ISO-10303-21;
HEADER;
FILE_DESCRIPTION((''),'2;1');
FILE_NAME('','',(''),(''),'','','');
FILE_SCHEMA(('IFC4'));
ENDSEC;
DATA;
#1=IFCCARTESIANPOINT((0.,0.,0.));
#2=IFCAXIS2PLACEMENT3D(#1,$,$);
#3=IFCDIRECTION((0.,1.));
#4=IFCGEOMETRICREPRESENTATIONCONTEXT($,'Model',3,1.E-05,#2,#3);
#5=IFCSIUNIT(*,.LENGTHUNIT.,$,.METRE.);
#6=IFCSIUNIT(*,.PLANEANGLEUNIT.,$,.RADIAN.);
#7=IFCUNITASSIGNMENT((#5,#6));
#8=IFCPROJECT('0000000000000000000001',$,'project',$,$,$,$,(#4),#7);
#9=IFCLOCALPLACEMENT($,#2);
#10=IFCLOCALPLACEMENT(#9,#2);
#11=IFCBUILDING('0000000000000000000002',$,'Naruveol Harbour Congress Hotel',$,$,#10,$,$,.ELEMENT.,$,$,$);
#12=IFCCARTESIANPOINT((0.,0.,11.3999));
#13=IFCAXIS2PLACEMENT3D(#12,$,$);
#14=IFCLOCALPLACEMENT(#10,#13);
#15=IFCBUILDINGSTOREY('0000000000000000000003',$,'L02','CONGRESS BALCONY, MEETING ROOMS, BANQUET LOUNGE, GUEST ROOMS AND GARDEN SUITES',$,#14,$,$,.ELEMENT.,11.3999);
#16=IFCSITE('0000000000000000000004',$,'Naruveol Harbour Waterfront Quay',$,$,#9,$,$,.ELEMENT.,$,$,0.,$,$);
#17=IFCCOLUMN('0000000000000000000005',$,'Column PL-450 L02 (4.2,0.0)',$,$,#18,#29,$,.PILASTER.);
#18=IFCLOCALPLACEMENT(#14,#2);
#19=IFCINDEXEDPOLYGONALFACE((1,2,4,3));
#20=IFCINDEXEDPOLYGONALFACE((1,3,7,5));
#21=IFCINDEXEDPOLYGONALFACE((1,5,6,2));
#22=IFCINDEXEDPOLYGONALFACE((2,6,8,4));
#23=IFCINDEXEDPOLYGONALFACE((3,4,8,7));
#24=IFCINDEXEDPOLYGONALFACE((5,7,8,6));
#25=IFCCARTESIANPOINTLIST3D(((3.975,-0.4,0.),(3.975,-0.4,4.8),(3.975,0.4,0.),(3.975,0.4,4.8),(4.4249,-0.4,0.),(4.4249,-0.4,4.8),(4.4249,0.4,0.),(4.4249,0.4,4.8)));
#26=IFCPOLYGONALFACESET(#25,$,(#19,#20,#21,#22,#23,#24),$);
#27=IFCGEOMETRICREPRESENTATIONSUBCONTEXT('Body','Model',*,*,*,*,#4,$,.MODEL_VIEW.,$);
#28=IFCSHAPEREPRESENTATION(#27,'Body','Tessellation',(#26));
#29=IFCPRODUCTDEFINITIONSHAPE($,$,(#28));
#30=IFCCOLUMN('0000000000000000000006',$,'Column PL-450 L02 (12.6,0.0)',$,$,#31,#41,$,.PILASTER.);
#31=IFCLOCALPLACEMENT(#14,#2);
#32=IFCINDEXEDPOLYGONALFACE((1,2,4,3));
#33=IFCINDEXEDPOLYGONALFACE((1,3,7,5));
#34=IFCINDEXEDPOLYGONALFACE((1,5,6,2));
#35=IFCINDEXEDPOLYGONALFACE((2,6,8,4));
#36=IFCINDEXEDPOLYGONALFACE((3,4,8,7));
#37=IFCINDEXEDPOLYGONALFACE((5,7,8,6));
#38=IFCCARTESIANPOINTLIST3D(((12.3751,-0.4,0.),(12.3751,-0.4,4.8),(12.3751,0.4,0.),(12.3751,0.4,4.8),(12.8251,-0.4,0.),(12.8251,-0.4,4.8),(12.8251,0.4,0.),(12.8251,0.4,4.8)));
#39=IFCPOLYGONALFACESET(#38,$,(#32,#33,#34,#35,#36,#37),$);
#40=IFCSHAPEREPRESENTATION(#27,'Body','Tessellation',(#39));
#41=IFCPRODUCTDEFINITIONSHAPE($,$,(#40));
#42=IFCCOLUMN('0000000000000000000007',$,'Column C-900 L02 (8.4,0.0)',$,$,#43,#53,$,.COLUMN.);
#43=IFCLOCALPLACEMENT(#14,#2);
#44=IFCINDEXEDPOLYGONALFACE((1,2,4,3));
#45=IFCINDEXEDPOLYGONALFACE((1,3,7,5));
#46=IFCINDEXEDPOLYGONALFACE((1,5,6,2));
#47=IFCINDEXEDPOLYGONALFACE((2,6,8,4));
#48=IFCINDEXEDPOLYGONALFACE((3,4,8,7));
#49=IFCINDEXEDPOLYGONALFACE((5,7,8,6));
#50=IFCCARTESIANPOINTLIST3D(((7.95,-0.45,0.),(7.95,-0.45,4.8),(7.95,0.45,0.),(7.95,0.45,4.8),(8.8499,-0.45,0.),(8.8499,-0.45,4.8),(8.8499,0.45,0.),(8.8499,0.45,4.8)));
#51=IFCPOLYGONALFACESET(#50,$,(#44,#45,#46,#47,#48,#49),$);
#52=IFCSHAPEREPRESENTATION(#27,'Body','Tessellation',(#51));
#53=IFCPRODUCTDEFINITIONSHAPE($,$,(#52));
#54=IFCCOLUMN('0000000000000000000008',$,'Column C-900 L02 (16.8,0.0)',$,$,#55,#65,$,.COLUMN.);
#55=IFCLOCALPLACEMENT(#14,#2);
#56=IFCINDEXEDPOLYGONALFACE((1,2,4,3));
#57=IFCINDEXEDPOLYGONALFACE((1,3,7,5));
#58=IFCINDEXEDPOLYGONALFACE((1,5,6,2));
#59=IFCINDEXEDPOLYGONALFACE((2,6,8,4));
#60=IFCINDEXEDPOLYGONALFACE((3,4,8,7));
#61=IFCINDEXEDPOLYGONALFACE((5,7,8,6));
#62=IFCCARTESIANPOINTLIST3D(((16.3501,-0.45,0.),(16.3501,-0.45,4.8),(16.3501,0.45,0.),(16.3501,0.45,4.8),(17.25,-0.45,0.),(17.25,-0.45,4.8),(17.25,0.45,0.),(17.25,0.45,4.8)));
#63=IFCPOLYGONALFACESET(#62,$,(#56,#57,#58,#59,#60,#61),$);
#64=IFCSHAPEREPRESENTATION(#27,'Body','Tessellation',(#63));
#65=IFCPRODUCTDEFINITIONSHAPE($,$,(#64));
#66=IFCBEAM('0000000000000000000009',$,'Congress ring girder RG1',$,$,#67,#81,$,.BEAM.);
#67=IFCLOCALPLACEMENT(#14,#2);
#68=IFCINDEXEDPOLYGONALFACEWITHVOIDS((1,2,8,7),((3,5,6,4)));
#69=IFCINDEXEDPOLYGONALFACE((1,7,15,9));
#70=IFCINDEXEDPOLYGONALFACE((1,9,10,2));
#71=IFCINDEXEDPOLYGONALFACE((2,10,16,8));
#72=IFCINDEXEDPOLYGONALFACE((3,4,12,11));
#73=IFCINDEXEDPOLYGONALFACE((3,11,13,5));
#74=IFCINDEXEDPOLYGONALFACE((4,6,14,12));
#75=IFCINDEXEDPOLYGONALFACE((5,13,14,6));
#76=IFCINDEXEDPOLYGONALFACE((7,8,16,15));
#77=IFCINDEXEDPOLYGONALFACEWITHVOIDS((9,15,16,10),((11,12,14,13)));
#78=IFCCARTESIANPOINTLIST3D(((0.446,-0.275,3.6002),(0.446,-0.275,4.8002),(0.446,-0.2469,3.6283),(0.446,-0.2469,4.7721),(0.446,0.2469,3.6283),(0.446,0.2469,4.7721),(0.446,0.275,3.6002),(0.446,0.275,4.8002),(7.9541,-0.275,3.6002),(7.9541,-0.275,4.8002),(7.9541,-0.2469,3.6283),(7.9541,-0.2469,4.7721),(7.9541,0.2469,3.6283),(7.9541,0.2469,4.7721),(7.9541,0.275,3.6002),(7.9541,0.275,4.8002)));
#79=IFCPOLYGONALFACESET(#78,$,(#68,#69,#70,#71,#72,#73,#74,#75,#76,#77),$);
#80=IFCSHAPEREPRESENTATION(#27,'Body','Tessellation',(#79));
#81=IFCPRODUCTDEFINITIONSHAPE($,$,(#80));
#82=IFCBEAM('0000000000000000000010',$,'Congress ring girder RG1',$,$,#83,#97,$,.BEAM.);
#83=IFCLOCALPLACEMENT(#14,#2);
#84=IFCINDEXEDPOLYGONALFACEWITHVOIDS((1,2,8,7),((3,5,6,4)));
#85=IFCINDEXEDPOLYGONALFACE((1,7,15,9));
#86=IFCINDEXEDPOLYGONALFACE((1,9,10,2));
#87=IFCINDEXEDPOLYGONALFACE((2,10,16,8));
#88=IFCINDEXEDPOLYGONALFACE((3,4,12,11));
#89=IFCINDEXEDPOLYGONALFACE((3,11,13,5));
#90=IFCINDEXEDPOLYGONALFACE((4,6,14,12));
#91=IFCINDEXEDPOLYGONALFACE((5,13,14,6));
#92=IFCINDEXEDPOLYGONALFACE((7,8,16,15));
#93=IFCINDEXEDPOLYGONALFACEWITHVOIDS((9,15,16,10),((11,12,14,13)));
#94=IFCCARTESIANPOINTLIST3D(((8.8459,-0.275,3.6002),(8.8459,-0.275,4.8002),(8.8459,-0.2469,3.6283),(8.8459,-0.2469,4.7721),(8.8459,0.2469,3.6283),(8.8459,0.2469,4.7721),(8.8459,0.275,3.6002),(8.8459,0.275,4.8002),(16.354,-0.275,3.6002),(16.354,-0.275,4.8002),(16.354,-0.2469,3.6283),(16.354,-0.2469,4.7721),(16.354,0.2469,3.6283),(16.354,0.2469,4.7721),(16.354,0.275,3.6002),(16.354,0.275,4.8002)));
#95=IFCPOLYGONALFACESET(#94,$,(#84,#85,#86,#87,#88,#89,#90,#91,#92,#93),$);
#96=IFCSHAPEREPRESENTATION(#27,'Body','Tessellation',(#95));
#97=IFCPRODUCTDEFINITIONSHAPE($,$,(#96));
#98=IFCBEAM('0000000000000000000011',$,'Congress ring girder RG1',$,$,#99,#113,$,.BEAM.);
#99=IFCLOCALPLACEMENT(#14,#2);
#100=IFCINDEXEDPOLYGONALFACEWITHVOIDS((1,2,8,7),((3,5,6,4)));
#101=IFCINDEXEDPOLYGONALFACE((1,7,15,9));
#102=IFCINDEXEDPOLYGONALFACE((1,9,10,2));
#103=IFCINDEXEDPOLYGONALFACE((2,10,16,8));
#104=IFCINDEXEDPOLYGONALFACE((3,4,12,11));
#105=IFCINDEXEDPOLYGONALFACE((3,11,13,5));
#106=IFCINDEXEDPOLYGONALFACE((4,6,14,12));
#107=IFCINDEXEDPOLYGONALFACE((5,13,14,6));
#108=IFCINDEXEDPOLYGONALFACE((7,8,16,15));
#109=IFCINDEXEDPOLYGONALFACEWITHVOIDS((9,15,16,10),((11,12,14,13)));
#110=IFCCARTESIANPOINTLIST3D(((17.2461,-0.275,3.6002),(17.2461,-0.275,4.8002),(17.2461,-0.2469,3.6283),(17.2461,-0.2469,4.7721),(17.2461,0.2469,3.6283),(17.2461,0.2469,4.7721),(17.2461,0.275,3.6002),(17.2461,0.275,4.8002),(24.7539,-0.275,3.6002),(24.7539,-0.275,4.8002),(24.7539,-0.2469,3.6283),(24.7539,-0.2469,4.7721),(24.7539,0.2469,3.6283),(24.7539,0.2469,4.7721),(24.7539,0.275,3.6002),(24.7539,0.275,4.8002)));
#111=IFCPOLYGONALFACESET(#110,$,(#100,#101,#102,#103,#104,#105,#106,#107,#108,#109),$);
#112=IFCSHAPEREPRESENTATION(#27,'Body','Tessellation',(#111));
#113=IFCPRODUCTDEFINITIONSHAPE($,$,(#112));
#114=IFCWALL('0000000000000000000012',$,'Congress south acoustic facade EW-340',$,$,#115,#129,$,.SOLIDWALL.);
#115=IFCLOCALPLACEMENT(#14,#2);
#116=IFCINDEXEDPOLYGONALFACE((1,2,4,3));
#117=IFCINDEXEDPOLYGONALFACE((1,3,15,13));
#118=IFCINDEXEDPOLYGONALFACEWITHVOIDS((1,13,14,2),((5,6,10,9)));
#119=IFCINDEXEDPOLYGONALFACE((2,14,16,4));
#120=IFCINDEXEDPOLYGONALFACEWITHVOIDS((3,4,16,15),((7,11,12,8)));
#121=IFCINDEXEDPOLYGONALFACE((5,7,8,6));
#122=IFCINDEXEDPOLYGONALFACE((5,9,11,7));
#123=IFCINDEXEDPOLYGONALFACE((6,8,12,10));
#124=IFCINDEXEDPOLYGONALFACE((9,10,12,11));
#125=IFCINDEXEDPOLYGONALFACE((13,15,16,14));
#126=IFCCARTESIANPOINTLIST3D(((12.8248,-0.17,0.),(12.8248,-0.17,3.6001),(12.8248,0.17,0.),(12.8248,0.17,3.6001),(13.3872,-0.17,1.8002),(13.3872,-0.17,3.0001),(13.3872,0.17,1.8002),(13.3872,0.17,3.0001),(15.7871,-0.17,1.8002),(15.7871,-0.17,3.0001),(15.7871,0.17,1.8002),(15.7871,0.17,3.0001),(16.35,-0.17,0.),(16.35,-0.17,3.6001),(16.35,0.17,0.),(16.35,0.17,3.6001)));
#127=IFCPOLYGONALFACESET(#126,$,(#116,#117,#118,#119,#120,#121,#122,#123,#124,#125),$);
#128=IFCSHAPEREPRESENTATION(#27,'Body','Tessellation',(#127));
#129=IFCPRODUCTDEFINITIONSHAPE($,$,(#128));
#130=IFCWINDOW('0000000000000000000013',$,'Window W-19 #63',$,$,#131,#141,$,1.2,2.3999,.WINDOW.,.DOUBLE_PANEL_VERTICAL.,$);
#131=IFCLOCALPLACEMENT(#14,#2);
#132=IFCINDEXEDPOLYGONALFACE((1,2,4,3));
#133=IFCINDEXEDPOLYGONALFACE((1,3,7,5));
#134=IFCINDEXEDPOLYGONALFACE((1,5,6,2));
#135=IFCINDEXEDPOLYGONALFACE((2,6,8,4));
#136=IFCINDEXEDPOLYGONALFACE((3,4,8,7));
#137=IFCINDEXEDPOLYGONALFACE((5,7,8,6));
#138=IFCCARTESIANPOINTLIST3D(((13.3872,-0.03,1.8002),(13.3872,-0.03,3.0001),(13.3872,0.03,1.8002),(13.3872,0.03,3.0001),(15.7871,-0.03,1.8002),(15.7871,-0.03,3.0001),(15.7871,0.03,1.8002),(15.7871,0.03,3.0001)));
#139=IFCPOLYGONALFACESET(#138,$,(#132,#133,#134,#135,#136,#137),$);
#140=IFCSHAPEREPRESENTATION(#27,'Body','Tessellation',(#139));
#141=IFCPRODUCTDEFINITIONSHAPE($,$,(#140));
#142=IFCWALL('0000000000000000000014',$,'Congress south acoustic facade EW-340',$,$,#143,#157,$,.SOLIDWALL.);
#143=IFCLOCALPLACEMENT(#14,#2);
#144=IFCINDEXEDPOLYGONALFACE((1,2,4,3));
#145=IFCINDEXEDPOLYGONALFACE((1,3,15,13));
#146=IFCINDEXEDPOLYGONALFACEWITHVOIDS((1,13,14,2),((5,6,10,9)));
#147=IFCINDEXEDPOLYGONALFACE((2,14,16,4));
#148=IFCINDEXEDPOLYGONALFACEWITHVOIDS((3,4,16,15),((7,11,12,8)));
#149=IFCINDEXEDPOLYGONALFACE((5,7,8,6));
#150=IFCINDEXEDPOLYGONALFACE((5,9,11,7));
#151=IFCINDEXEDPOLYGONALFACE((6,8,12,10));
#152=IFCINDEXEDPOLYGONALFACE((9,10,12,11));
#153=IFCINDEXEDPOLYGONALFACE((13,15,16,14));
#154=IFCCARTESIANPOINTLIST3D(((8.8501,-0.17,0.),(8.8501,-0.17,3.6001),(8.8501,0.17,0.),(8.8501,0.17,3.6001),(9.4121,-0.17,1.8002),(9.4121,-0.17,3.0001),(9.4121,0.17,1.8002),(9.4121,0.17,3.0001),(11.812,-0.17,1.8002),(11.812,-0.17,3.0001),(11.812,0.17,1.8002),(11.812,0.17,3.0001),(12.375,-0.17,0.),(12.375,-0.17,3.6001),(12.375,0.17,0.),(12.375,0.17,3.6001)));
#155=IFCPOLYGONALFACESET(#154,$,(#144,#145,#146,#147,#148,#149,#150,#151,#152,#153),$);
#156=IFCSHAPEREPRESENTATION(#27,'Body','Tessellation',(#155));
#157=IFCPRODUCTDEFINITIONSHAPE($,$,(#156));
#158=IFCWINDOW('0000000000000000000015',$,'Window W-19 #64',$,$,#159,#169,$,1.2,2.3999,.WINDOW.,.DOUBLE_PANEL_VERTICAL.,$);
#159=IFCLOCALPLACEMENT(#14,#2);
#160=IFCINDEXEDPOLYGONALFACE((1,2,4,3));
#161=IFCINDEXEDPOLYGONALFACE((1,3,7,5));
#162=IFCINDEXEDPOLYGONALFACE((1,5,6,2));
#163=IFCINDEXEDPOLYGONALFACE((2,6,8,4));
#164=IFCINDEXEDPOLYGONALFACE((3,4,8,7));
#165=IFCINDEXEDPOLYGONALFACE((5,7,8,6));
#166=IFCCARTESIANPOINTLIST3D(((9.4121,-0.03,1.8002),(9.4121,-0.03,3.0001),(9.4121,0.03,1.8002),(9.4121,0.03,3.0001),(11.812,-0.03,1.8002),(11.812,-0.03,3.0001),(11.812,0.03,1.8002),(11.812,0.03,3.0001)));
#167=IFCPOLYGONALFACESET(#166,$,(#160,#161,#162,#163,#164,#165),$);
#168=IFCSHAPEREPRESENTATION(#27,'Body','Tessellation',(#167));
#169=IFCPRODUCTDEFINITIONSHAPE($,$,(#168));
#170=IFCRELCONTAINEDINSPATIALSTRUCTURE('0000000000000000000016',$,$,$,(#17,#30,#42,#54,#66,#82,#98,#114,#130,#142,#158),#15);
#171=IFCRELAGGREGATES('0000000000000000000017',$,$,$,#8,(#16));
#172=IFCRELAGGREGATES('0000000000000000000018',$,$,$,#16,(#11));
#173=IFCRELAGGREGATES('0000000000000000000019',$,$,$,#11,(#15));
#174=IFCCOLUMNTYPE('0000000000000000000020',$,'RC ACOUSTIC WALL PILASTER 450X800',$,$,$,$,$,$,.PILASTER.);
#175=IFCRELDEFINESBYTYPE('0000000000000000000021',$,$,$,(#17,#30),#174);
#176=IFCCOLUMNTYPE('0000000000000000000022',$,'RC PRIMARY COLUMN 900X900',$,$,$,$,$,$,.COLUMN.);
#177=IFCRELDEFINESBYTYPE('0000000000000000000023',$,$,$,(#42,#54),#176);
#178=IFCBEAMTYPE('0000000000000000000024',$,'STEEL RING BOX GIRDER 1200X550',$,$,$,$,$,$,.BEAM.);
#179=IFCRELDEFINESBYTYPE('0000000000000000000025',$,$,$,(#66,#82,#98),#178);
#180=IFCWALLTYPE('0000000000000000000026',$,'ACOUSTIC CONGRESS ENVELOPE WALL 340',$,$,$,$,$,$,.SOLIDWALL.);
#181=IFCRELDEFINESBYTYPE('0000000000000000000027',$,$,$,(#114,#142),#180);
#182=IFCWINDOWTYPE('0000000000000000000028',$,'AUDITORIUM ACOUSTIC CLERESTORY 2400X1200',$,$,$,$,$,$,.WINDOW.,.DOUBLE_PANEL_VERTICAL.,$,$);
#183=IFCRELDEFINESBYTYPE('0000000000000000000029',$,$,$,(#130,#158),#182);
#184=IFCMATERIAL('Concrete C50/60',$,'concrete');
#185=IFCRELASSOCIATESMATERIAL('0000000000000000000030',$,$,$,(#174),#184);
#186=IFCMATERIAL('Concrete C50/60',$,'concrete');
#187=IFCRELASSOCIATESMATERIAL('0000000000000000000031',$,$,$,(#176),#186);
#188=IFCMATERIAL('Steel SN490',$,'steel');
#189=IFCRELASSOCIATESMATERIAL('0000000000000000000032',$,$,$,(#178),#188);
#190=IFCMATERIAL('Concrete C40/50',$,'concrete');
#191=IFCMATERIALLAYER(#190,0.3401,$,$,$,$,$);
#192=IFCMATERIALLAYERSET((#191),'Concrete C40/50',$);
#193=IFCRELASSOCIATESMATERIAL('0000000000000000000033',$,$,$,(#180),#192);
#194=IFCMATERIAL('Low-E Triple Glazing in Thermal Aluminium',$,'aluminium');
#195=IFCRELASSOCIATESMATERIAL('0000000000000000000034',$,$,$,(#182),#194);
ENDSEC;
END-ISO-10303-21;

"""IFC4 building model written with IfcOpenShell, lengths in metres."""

from ifc_helpers import new_model, si_unit, direction, frame, frame_2d, origin, origin_2d, place, context, subcontext, project, spatial, rectangle, hollow_rectangle, extrude, material, layer, layer_set, material_profile, profile_set, type_object, element, fill, save


model = new_model("IFC4")

# Units and contexts
model_context = context("Model", 3, precision=1e-05, world=origin(), true_north=direction((0.0, 1.0)))
body_context = subcontext(model_context, "Body", "Model", "MODEL_VIEW")
ifc_project = project(units=[si_unit("LENGTHUNIT", "METRE"), si_unit("PLANEANGLEUNIT", "RADIAN")], contexts=[model_context])

# Site, building, storey
site_placement = place(None, origin())
site = spatial("IfcSite", under=ifc_project, at=site_placement, Name="Naruveol Harbour Waterfront Quay", CompositionType="ELEMENT", RefElevation=0.0)
building_placement = place(site_placement, origin())
building = spatial("IfcBuilding", under=site, at=building_placement, Name="Naruveol Harbour Congress Hotel", CompositionType="ELEMENT")
storey_placement = place(building_placement, frame((0.0, 0.0, 11.3999)))
storey = spatial("IfcBuildingStorey", under=building, at=storey_placement, Name="L02", Description="CONGRESS BALCONY, MEETING ROOMS, BANQUET LOUNGE, GUEST ROOMS AND GARDEN SUITES", CompositionType="ELEMENT", Elevation=11.3999)

# Columns
ifc_material_1 = material(Name="Concrete C50/60", Category="concrete")
ifc_material_profile_1 = material_profile(ifc_material_1, rectangle(XDim=0.45, YDim=0.8, at=origin_2d()), Name="RC-450x800")
ifc_profile_set_1 = profile_set([ifc_material_profile_1], Name="Concrete C50/60")
column_type_1 = type_object("IfcColumnType", Name="RC ACOUSTIC WALL PILASTER 450X800", PredefinedType="PILASTER", material=ifc_profile_set_1)
for number, where, z_axis, x_axis, name in (
    (1, (4.2, 0.0, 0.0), (0.0, 0.0, 1.0), (1.0, 0.0, 0.0), "Column PL-450 L02 (4.2,0.0)"),
    (2, (12.6001, 0.0, 0.0), (0.0, 0.0, 1.0), (1.0, 0.0, 0.0), "Column PL-450 L02 (12.6,0.0)"),
):
    element("IfcColumn", number, at=place(storey_placement, frame(where, z_axis=z_axis, x_axis=x_axis)), inside=storey, type_object=column_type_1, Name=name, PredefinedType="PILASTER", context=body_context, shape_type="SweptSolid", body=[
        extrude(rectangle(XDim=0.45, YDim=0.8, at=origin_2d()), origin(), (0.0, 0.0, 1.0), 4.8),
    ])
ifc_material_2 = material(Name="Concrete C50/60", Category="concrete")
ifc_material_profile_2 = material_profile(ifc_material_2, rectangle(XDim=0.8999, YDim=0.8999, at=origin_2d()), Name="RC-900x900")
ifc_profile_set_2 = profile_set([ifc_material_profile_2], Name="Concrete C50/60")
column_type_2 = type_object("IfcColumnType", Name="RC PRIMARY COLUMN 900X900", PredefinedType="COLUMN", material=ifc_profile_set_2)
for number, where, z_axis, x_axis, name in (
    (3, (8.3999, 0.0, 0.0), (0.0, 0.0, 1.0), (1.0, 0.0, 0.0), "Column C-900 L02 (8.4,0.0)"),
    (4, (16.8, 0.0, 0.0), (0.0, 0.0, 1.0), (1.0, 0.0, 0.0), "Column C-900 L02 (16.8,0.0)"),
):
    element("IfcColumn", number, at=place(storey_placement, frame(where, z_axis=z_axis, x_axis=x_axis)), inside=storey, type_object=column_type_2, Name=name, PredefinedType="COLUMN", context=body_context, shape_type="SweptSolid", body=[
        extrude(rectangle(XDim=0.8999, YDim=0.8999, at=origin_2d()), origin(), (0.0, 0.0, 1.0), 4.8),
    ])

# Beams
ifc_material_3 = material(Name="Steel SN490", Category="steel")
ifc_material_profile_3 = material_profile(ifc_material_3, hollow_rectangle(XDim=0.55, YDim=1.2, WallThickness=0.0281, at=origin_2d()), Name="RHS-1200x550x28")
ifc_profile_set_3 = profile_set([ifc_material_profile_3], Name="Steel SN490")
beam_type = type_object("IfcBeamType", Name="STEEL RING BOX GIRDER 1200X550", PredefinedType="BEAM", material=ifc_profile_set_3)
for number, where, z_axis, x_axis, name in (
    (5, (0.446, 0.0, 4.2002), (1.0, 0.0, 0.0), (0.0, 1.0, 0.0), "Congress ring girder RG1"),
    (6, (8.8459, 0.0, 4.2002), (1.0, 0.0, 0.0), (0.0, 1.0, 0.0), "Congress ring girder RG1"),
):
    element("IfcBeam", number, at=place(storey_placement, frame(where, z_axis=z_axis, x_axis=x_axis)), inside=storey, type_object=beam_type, Name=name, PredefinedType="BEAM", context=body_context, shape_type="SweptSolid", body=[
        extrude(hollow_rectangle(XDim=0.55, YDim=1.2, WallThickness=0.0281, at=origin_2d()), origin(), (0.0, 0.0, 1.0), 7.5081),
    ])
beam_placement = place(storey_placement, frame((17.2461, 0.0, 4.2002), z_axis=(1.0, 0.0, 0.0), x_axis=(0.0, 1.0, 0.0)))
element("IfcBeam", 7, at=beam_placement, inside=storey, type_object=beam_type, Name="Congress ring girder RG1", PredefinedType="BEAM", context=body_context, shape_type="SweptSolid", body=[
    extrude(hollow_rectangle(XDim=0.55, YDim=1.2, WallThickness=0.0281, at=origin_2d()), origin(), (0.0, 0.0, 1.0), 7.5078),
])

# Walls, openings, windows
ifc_material_4 = material(Name="Concrete C40/50", Category="concrete")
ifc_layer_1 = layer(ifc_material_4, 0.3401)
ifc_layer_set_1 = layer_set([ifc_layer_1], Name="Concrete C40/50")
wall_type = type_object("IfcWallType", Name="ACOUSTIC CONGRESS ENVELOPE WALL 340", PredefinedType="SOLIDWALL", material=ifc_layer_set_1)
wall_1_placement = place(storey_placement, frame((16.3501, 0.0, 0.0), z_axis=(0.0, 0.0, 1.0), x_axis=(-1.0, 0.0, 0.0)))
wall_1 = element("IfcWall", 8, at=wall_1_placement, inside=storey, type_object=wall_type, Name="Congress south acoustic facade EW-340", PredefinedType="SOLIDWALL", context=body_context, shape_type="SweptSolid", body=[
    extrude(rectangle(XDim=3.5251, YDim=0.3401, at=frame_2d((1.7627, 0.0))), origin(), (0.0, 0.0, 1.0), 3.6001),
])
opening_1_placement = place(wall_1_placement, frame((0.563, 0.0, 1.8)))
opening_1 = element("IfcOpeningElement", 9, at=opening_1_placement, cuts=wall_1, PredefinedType="OPENING", context=body_context, shape_type="SweptSolid", body=[
    extrude(rectangle(XDim=2.3999, YDim=1.2, at=frame_2d((1.2, 0.6001))), frame((0.0, 0.1799, 0.0), z_axis=(0.0, -1.0, 0.0), x_axis=(1.0, 0.0, 0.0)), (0.0, 0.0, 1.0), 0.3601),
])
ifc_material_5 = material(Name="Low-E Triple Glazing in Thermal Aluminium", Category="aluminium")
window_type = type_object("IfcWindowType", Name="AUDITORIUM ACOUSTIC CLERESTORY 2400X1200", PartitioningType="DOUBLE_PANEL_VERTICAL", PredefinedType="WINDOW", material=ifc_material_5)
window_1_placement = place(opening_1_placement, origin())
window_1 = element("IfcWindow", 10, at=window_1_placement, inside=storey, type_object=window_type, Name="Window W-19 #63", OverallHeight=1.2, OverallWidth=2.3999, PartitioningType="DOUBLE_PANEL_VERTICAL", PredefinedType="WINDOW", context=body_context, shape_type="SweptSolid", body=[
    extrude(rectangle(XDim=2.3999, YDim=1.2, at=frame_2d((1.2, 0.6001))), frame((0.0, 0.03, 0.0), z_axis=(0.0, -1.0, 0.0), x_axis=(1.0, 0.0, 0.0)), (0.0, 0.0, 1.0), 0.0601),
])
fill(opening_1, window_1)
wall_2_placement = place(storey_placement, frame((12.375, 0.0, 0.0), z_axis=(0.0, 0.0, 1.0), x_axis=(-1.0, 0.0, 0.0)))
wall_2 = element("IfcWall", 11, at=wall_2_placement, inside=storey, type_object=wall_type, Name="Congress south acoustic facade EW-340", PredefinedType="SOLIDWALL", context=body_context, shape_type="SweptSolid", body=[
    extrude(rectangle(XDim=3.5249, YDim=0.3401, at=frame_2d((1.7625, 0.0))), origin(), (0.0, 0.0, 1.0), 3.6001),
])
opening_2_placement = place(wall_2_placement, frame((0.563, 0.0, 1.8)))
opening_2 = element("IfcOpeningElement", 12, at=opening_2_placement, cuts=wall_2, PredefinedType="OPENING", context=body_context, shape_type="SweptSolid", body=[
    extrude(rectangle(XDim=2.3999, YDim=1.2, at=frame_2d((1.2, 0.6001))), frame((0.0, 0.1799, 0.0), z_axis=(0.0, -1.0, 0.0), x_axis=(1.0, 0.0, 0.0)), (0.0, 0.0, 1.0), 0.3601),
])
window_2_placement = place(opening_2_placement, origin())
window_2 = element("IfcWindow", 13, at=window_2_placement, inside=storey, type_object=window_type, Name="Window W-19 #64", OverallHeight=1.2, OverallWidth=2.3999, PartitioningType="DOUBLE_PANEL_VERTICAL", PredefinedType="WINDOW", context=body_context, shape_type="SweptSolid", body=[
    extrude(rectangle(XDim=2.3999, YDim=1.2, at=frame_2d((1.2, 0.6001))), frame((0.0, 0.03, 0.0), z_axis=(0.0, -1.0, 0.0), x_axis=(1.0, 0.0, 0.0)), (0.0, 0.0, 1.0), 0.0601),
])
fill(opening_2, window_2)

save(model, "model.ifc")
